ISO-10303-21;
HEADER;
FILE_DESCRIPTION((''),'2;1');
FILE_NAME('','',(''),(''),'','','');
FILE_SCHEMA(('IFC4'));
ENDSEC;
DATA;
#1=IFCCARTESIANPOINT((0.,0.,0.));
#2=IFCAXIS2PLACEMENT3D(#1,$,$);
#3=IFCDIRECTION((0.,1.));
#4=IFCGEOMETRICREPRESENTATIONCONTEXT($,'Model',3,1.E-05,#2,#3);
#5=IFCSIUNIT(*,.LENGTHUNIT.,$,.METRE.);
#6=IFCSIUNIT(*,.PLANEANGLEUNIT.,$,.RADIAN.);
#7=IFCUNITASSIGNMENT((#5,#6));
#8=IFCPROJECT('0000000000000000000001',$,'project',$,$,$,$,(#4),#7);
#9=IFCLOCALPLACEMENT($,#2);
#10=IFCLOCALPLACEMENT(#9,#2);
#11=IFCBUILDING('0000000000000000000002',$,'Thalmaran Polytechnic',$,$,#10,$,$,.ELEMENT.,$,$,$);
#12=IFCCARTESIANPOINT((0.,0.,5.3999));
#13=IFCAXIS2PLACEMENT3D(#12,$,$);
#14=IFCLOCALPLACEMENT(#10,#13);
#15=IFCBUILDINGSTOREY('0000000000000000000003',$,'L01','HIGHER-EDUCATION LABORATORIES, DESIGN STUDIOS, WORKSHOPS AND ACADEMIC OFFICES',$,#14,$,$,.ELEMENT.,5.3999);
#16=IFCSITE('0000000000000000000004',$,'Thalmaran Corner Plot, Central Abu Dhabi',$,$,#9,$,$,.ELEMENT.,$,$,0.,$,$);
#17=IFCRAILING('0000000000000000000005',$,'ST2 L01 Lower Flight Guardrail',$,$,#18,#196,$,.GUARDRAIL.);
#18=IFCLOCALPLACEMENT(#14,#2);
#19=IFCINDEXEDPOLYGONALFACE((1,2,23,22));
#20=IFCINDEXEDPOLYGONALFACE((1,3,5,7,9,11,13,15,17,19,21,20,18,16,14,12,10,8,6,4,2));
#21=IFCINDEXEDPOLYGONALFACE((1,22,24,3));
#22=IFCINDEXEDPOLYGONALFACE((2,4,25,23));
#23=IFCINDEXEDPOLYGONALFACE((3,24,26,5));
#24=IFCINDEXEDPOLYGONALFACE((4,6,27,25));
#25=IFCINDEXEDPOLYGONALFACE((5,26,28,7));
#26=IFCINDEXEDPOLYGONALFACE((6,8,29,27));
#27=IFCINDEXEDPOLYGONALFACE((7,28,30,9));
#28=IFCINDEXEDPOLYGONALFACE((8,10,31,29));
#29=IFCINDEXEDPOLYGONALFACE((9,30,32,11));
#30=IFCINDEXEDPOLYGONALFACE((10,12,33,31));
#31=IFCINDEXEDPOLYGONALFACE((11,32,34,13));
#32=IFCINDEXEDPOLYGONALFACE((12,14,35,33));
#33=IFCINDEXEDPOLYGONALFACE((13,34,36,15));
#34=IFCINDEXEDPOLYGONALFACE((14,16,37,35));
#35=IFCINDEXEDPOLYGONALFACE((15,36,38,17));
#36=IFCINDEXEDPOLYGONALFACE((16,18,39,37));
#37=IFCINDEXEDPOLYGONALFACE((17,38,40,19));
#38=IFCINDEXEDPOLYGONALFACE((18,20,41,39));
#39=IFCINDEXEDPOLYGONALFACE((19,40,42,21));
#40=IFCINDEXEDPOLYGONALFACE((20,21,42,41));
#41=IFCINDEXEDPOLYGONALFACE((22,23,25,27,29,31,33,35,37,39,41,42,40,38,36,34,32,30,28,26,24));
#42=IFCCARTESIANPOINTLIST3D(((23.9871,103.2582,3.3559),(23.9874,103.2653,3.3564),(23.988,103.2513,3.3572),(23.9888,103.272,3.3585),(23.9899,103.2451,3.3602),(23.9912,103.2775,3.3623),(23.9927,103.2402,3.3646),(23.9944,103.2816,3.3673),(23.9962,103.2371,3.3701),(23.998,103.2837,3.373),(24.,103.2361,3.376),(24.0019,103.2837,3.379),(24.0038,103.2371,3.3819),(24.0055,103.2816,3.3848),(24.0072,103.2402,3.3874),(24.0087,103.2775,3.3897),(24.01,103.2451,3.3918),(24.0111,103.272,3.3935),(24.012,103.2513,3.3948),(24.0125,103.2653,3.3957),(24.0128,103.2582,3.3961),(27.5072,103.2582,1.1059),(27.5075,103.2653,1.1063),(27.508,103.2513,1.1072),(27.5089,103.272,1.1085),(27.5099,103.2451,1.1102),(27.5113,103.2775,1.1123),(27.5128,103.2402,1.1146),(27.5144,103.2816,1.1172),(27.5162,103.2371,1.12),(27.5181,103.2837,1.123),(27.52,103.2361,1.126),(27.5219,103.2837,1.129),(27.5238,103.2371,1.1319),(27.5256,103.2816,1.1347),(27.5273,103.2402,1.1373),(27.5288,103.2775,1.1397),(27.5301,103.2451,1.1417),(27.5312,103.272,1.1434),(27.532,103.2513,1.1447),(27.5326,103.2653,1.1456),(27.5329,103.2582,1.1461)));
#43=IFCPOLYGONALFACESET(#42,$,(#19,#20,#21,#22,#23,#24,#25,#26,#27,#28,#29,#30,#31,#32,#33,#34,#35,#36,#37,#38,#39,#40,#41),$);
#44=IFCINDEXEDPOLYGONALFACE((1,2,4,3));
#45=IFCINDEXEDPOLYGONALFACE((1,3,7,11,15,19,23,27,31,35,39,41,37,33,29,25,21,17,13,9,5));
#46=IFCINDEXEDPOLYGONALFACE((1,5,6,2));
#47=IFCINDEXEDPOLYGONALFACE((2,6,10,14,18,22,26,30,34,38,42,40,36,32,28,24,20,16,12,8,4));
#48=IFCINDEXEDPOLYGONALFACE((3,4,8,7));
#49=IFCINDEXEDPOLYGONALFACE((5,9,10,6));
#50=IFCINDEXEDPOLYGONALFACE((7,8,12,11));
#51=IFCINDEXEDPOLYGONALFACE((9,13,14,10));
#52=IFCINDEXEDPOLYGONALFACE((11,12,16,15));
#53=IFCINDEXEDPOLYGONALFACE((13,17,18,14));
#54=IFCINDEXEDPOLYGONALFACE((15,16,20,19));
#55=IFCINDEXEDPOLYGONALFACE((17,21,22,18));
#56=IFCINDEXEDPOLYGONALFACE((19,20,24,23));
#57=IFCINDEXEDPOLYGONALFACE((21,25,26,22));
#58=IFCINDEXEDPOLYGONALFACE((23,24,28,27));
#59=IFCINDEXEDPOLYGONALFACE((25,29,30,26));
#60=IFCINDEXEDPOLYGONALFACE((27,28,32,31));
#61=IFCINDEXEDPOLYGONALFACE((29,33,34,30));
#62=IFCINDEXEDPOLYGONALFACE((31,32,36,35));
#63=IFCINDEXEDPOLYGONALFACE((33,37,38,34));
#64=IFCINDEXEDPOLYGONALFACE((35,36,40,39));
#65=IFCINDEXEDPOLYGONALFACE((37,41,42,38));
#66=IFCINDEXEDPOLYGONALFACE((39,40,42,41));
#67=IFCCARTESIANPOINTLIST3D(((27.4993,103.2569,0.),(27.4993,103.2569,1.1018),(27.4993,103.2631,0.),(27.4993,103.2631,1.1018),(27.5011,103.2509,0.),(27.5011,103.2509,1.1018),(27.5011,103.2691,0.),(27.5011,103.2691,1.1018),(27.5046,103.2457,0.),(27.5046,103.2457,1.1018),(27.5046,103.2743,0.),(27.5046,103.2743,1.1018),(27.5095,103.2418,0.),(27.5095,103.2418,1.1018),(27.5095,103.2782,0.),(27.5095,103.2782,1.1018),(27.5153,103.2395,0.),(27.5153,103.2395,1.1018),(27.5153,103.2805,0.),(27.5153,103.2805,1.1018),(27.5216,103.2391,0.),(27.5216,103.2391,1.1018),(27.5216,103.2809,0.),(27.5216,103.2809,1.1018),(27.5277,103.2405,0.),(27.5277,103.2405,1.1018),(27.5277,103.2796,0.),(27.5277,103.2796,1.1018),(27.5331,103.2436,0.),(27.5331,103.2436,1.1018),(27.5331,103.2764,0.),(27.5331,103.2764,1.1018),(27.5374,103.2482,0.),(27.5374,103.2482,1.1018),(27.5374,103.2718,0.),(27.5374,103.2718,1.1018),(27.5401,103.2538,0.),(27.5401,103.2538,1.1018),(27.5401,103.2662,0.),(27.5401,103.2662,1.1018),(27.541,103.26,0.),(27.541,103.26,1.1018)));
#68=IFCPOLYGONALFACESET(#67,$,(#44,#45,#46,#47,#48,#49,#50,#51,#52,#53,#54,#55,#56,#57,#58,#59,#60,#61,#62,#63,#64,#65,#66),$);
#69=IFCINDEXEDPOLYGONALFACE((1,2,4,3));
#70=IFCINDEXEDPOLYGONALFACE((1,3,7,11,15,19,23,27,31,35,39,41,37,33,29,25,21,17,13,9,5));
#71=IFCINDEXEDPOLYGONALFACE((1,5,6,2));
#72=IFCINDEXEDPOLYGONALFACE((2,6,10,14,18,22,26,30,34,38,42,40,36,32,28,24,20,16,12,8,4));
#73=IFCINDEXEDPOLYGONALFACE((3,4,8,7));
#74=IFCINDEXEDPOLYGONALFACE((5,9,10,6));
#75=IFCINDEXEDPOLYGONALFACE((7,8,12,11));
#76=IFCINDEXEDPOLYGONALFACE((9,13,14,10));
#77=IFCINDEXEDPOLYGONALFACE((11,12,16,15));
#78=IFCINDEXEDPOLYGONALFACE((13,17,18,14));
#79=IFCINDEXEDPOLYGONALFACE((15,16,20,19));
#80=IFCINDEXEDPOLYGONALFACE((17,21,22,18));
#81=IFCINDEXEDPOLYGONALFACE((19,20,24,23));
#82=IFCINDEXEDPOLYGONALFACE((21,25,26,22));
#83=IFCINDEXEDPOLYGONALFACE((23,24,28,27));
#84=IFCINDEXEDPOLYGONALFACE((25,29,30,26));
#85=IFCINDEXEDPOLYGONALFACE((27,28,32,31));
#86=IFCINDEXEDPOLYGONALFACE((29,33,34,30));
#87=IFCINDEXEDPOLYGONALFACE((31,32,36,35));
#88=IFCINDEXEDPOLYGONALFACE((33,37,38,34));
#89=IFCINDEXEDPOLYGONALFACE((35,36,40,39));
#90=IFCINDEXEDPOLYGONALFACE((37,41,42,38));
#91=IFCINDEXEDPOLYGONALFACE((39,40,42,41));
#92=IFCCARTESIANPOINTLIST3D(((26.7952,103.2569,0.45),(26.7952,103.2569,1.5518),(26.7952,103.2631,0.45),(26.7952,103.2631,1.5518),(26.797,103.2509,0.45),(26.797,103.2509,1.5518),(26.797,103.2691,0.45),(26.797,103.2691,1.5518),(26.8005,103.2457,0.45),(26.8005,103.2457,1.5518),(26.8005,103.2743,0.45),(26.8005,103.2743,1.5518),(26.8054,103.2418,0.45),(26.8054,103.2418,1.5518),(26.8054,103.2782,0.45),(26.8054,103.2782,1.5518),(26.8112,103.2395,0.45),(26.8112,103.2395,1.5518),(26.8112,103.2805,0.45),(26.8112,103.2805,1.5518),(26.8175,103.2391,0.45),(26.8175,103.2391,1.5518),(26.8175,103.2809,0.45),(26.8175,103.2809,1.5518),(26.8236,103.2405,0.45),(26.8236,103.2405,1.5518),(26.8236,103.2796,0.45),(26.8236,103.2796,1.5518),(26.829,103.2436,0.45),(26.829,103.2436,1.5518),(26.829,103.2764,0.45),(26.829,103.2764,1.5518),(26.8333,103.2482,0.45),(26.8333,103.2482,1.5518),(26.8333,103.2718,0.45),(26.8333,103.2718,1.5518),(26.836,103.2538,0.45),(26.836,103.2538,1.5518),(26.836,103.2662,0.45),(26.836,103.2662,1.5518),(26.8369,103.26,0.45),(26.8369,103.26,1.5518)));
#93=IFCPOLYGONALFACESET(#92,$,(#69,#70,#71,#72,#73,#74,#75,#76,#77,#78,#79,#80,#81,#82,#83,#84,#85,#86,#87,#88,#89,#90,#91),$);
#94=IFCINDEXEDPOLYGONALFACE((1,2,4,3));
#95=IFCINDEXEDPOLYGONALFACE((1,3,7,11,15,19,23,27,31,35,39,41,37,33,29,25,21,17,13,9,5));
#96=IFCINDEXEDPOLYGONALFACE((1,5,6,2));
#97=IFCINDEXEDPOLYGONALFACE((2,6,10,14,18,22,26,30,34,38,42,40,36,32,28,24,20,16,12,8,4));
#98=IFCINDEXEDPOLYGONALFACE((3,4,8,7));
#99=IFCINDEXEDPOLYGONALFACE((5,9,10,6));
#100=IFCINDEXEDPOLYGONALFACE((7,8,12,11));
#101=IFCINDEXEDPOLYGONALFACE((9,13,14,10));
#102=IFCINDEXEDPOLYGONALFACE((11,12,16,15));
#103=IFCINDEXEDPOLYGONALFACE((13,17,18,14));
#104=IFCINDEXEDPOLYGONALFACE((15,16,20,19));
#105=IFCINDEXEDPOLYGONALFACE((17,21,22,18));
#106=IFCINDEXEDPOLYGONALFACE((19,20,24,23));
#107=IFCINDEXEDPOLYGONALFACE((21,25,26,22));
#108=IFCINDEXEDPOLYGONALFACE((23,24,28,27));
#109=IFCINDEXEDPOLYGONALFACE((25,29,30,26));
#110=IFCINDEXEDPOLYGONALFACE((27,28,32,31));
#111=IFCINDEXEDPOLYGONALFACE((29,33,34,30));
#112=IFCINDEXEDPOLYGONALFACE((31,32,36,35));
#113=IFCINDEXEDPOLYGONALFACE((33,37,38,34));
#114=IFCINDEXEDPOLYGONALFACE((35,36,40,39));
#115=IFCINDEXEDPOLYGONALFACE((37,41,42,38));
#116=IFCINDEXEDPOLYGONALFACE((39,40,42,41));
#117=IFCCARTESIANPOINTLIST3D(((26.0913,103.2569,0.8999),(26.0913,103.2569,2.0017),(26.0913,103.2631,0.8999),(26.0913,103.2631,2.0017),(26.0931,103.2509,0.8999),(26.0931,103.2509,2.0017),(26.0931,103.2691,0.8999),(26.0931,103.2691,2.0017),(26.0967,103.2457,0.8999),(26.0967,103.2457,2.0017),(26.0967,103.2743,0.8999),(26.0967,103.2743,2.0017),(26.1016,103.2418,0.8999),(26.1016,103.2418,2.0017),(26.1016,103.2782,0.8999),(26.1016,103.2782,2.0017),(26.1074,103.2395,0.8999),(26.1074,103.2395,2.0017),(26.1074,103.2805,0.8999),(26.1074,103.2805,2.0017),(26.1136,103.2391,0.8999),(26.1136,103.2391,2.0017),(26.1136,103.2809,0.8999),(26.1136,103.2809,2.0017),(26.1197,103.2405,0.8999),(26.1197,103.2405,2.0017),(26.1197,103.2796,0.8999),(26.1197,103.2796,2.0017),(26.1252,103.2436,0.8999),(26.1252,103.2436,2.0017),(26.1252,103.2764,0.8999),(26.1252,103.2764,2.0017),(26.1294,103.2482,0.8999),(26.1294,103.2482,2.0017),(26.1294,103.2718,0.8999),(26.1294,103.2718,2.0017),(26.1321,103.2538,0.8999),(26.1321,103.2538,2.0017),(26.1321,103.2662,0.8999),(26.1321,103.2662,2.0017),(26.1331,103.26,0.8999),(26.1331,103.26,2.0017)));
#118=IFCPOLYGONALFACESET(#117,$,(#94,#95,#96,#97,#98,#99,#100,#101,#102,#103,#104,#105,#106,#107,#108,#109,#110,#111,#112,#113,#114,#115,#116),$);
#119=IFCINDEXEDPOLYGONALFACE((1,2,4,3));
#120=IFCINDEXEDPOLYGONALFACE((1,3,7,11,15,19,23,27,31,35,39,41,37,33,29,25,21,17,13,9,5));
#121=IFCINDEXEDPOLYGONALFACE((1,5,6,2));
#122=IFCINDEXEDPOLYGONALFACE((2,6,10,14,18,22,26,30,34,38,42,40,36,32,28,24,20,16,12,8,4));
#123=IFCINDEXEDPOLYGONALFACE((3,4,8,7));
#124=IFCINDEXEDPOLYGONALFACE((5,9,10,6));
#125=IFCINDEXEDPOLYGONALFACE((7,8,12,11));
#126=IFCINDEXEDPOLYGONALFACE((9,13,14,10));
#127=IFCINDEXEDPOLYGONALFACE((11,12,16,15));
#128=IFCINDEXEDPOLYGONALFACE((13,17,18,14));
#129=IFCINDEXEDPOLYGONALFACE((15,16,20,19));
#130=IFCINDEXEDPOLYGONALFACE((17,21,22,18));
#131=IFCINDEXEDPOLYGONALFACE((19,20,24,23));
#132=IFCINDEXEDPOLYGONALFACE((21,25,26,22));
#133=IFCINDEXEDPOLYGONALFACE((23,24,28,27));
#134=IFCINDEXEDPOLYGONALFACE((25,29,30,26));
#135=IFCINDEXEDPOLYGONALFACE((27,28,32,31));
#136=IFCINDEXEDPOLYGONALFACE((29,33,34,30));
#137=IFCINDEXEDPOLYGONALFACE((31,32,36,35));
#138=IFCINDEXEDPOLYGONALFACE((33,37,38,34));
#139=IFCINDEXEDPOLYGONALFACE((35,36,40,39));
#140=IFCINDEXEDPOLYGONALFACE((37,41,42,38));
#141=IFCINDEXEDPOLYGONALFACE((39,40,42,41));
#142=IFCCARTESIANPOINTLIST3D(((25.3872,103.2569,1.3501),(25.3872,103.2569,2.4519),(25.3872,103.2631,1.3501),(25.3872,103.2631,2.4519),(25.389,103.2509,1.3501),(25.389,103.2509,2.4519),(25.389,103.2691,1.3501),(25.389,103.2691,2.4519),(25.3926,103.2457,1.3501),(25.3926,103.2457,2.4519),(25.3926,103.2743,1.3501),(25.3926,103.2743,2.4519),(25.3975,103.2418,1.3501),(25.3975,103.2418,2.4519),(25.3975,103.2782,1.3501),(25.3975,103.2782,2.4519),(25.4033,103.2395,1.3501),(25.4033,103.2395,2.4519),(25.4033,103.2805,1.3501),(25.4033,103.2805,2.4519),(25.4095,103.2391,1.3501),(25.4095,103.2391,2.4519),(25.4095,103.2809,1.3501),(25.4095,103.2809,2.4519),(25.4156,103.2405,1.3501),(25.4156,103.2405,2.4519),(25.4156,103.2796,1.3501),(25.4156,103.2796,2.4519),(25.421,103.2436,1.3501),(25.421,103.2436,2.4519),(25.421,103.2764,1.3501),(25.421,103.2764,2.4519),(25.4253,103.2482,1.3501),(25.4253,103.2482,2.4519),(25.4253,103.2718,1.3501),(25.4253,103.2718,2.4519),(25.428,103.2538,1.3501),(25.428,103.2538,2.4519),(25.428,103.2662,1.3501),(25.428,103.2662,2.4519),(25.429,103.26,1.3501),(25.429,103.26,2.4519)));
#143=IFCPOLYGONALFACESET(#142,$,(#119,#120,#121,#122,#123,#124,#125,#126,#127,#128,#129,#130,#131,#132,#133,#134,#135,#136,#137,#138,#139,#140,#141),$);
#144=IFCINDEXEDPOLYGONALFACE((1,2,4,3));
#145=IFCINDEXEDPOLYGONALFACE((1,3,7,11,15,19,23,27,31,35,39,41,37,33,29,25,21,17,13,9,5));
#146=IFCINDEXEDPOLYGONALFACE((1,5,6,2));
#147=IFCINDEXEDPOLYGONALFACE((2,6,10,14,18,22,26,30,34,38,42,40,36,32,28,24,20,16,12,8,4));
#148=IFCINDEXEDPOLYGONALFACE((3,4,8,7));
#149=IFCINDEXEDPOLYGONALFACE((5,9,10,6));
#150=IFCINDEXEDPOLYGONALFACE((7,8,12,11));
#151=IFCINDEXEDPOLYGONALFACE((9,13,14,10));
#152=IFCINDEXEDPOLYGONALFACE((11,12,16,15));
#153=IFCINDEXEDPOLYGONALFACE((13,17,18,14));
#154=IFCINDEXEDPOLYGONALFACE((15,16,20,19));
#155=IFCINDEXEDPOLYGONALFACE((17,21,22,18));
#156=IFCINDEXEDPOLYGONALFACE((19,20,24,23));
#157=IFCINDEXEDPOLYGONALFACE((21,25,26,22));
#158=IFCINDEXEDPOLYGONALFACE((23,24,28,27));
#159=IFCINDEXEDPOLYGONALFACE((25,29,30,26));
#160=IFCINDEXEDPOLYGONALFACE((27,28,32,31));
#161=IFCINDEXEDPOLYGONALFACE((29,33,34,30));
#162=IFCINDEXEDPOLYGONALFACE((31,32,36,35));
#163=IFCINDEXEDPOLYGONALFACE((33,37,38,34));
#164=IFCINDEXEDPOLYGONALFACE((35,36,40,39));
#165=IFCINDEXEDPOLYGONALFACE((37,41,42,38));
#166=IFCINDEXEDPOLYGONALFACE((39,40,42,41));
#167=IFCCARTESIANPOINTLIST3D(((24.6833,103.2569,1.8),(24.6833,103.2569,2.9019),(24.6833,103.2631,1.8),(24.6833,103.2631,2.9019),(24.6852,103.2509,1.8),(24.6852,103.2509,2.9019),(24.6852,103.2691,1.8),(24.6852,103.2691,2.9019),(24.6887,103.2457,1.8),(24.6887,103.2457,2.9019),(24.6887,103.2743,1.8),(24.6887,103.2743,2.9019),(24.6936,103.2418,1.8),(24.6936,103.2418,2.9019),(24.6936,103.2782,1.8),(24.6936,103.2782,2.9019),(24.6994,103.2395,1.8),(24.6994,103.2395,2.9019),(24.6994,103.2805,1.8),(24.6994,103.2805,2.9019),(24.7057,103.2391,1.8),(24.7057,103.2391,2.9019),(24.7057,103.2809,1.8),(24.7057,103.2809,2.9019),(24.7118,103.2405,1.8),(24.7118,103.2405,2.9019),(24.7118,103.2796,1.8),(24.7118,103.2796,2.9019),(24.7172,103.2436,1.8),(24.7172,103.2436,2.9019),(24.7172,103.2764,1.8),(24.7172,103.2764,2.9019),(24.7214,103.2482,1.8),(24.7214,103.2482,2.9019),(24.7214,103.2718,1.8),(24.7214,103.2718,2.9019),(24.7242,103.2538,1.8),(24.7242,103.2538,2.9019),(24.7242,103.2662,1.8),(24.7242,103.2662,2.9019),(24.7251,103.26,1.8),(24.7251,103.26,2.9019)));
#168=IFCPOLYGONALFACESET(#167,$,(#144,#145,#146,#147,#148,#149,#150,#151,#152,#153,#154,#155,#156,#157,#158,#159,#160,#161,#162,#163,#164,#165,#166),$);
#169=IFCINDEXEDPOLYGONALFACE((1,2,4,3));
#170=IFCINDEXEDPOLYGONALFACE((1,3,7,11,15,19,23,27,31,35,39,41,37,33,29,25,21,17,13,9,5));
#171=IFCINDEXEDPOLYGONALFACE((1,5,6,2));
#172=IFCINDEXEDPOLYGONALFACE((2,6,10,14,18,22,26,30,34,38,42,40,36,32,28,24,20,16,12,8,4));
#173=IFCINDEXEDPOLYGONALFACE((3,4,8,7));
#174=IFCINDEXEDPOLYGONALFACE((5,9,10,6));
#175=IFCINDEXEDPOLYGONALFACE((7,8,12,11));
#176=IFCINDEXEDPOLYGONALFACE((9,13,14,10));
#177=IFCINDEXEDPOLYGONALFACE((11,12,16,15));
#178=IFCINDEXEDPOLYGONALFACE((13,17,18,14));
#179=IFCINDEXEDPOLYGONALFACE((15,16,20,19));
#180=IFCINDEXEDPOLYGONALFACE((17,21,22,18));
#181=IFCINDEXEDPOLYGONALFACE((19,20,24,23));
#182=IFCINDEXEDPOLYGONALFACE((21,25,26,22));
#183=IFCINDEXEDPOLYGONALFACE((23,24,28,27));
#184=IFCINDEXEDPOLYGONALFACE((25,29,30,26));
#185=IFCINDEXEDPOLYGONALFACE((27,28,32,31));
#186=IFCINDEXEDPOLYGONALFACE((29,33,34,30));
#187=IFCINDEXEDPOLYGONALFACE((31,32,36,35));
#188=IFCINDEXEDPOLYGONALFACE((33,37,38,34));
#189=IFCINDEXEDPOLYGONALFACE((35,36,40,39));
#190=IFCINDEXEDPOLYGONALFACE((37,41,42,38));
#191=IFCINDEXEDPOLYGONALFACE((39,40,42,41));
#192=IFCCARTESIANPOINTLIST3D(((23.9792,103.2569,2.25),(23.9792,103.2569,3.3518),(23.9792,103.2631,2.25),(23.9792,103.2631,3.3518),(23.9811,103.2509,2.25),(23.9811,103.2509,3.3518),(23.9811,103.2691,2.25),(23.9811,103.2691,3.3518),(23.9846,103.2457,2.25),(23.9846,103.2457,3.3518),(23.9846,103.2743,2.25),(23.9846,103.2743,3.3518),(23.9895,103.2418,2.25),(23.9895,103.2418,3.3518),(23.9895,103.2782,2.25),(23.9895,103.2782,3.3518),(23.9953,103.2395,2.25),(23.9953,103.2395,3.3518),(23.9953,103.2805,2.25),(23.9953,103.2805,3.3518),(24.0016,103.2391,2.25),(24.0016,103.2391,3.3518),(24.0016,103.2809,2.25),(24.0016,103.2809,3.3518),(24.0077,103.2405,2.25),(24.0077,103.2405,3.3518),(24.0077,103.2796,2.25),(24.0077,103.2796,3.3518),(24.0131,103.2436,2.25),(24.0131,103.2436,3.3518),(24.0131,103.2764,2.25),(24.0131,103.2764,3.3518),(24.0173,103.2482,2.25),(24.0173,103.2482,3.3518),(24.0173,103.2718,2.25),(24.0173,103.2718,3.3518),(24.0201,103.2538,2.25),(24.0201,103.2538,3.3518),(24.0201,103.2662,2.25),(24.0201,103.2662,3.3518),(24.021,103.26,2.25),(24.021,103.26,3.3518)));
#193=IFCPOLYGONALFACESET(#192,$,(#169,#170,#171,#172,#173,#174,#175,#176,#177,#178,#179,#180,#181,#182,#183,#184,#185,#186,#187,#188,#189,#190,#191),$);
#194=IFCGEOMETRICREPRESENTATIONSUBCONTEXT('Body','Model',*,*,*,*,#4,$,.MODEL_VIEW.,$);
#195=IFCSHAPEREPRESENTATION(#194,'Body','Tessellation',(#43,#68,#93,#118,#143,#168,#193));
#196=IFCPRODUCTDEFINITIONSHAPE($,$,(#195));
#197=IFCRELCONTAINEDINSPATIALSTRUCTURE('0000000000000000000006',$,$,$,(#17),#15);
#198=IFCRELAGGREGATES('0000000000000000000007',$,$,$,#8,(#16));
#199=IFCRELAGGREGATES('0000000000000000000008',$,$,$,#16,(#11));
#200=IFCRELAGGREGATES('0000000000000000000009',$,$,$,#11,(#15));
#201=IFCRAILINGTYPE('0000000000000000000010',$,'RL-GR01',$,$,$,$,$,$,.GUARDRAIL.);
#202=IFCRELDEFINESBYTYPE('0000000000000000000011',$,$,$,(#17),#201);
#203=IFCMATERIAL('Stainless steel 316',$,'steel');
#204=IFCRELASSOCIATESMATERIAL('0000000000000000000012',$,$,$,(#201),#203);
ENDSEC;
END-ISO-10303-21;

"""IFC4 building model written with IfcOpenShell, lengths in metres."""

from ifc_helpers import new_model, si_unit, direction, frame, origin, origin_2d, place, context, subcontext, project, spatial, circle, extrude, material, type_object, element, save


model = new_model("IFC4")

# Units and contexts
model_context = context("Model", 3, precision=1e-05, world=origin(), true_north=direction((0.0, 1.0)))
body_context = subcontext(model_context, "Body", "Model", "MODEL_VIEW")
ifc_project = project(units=[si_unit("LENGTHUNIT", "METRE"), si_unit("PLANEANGLEUNIT", "RADIAN")], contexts=[model_context])

# Site, building, storey
site_placement = place(None, origin())
site = spatial("IfcSite", under=ifc_project, at=site_placement, Name="Thalmaran Corner Plot, Central Abu Dhabi", CompositionType="ELEMENT", RefElevation=0.0)
building_placement = place(site_placement, origin())
building = spatial("IfcBuilding", under=site, at=building_placement, Name="Thalmaran Polytechnic", CompositionType="ELEMENT")
storey_placement = place(building_placement, frame((0.0, 0.0, 5.3999)))
storey = spatial("IfcBuildingStorey", under=building, at=storey_placement, Name="L01", Description="HIGHER-EDUCATION LABORATORIES, DESIGN STUDIOS, WORKSHOPS AND ACADEMIC OFFICES", CompositionType="ELEMENT", Elevation=5.3999)

# Railing
ifc_material_1 = material(Name="Stainless steel 316", Category="steel")
railing_type_1 = type_object("IfcRailingType", Name="RL-GR01", PredefinedType="GUARDRAIL", material=ifc_material_1)
railing_1_placement = place(storey_placement, frame((27.52, 103.26, 0.0)))
element("IfcRailing", 1, at=railing_1_placement, inside=storey, type_object=railing_type_1, Name="ST2 L01 Lower Flight Guardrail", PredefinedType="GUARDRAIL", context=body_context, shape_type="SweptSolid", body=[
    extrude(circle(Radius=0.0239, at=origin_2d()), frame((0.0, 0.0, 1.126), z_axis=(-0.842577, 0.0, 0.538576), x_axis=(0.0, -1.0, 0.0)), (0.0, 0.0, 1.0), 4.1777),
    extrude(circle(Radius=0.021, at=origin_2d()), origin(), (0.0, 0.0, 1.0), 1.1018),
    extrude(circle(Radius=0.021, at=origin_2d()), frame((-0.7041, 0.0, 0.45)), (0.0, 0.0, 1.0), 1.1018),
    extrude(circle(Radius=0.021, at=origin_2d()), frame((-1.408, 0.0, 0.8999)), (0.0, 0.0, 1.0), 1.1018),
    extrude(circle(Radius=0.021, at=origin_2d()), frame((-2.1121, 0.0, 1.3501)), (0.0, 0.0, 1.0), 1.1018),
    extrude(circle(Radius=0.021, at=origin_2d()), frame((-2.8159, 0.0, 1.8)), (0.0, 0.0, 1.0), 1.1018),
    extrude(circle(Radius=0.021, at=origin_2d()), frame((-3.52, 0.0, 2.25)), (0.0, 0.0, 1.0), 1.1018),
])

save(model, "model.ifc")
